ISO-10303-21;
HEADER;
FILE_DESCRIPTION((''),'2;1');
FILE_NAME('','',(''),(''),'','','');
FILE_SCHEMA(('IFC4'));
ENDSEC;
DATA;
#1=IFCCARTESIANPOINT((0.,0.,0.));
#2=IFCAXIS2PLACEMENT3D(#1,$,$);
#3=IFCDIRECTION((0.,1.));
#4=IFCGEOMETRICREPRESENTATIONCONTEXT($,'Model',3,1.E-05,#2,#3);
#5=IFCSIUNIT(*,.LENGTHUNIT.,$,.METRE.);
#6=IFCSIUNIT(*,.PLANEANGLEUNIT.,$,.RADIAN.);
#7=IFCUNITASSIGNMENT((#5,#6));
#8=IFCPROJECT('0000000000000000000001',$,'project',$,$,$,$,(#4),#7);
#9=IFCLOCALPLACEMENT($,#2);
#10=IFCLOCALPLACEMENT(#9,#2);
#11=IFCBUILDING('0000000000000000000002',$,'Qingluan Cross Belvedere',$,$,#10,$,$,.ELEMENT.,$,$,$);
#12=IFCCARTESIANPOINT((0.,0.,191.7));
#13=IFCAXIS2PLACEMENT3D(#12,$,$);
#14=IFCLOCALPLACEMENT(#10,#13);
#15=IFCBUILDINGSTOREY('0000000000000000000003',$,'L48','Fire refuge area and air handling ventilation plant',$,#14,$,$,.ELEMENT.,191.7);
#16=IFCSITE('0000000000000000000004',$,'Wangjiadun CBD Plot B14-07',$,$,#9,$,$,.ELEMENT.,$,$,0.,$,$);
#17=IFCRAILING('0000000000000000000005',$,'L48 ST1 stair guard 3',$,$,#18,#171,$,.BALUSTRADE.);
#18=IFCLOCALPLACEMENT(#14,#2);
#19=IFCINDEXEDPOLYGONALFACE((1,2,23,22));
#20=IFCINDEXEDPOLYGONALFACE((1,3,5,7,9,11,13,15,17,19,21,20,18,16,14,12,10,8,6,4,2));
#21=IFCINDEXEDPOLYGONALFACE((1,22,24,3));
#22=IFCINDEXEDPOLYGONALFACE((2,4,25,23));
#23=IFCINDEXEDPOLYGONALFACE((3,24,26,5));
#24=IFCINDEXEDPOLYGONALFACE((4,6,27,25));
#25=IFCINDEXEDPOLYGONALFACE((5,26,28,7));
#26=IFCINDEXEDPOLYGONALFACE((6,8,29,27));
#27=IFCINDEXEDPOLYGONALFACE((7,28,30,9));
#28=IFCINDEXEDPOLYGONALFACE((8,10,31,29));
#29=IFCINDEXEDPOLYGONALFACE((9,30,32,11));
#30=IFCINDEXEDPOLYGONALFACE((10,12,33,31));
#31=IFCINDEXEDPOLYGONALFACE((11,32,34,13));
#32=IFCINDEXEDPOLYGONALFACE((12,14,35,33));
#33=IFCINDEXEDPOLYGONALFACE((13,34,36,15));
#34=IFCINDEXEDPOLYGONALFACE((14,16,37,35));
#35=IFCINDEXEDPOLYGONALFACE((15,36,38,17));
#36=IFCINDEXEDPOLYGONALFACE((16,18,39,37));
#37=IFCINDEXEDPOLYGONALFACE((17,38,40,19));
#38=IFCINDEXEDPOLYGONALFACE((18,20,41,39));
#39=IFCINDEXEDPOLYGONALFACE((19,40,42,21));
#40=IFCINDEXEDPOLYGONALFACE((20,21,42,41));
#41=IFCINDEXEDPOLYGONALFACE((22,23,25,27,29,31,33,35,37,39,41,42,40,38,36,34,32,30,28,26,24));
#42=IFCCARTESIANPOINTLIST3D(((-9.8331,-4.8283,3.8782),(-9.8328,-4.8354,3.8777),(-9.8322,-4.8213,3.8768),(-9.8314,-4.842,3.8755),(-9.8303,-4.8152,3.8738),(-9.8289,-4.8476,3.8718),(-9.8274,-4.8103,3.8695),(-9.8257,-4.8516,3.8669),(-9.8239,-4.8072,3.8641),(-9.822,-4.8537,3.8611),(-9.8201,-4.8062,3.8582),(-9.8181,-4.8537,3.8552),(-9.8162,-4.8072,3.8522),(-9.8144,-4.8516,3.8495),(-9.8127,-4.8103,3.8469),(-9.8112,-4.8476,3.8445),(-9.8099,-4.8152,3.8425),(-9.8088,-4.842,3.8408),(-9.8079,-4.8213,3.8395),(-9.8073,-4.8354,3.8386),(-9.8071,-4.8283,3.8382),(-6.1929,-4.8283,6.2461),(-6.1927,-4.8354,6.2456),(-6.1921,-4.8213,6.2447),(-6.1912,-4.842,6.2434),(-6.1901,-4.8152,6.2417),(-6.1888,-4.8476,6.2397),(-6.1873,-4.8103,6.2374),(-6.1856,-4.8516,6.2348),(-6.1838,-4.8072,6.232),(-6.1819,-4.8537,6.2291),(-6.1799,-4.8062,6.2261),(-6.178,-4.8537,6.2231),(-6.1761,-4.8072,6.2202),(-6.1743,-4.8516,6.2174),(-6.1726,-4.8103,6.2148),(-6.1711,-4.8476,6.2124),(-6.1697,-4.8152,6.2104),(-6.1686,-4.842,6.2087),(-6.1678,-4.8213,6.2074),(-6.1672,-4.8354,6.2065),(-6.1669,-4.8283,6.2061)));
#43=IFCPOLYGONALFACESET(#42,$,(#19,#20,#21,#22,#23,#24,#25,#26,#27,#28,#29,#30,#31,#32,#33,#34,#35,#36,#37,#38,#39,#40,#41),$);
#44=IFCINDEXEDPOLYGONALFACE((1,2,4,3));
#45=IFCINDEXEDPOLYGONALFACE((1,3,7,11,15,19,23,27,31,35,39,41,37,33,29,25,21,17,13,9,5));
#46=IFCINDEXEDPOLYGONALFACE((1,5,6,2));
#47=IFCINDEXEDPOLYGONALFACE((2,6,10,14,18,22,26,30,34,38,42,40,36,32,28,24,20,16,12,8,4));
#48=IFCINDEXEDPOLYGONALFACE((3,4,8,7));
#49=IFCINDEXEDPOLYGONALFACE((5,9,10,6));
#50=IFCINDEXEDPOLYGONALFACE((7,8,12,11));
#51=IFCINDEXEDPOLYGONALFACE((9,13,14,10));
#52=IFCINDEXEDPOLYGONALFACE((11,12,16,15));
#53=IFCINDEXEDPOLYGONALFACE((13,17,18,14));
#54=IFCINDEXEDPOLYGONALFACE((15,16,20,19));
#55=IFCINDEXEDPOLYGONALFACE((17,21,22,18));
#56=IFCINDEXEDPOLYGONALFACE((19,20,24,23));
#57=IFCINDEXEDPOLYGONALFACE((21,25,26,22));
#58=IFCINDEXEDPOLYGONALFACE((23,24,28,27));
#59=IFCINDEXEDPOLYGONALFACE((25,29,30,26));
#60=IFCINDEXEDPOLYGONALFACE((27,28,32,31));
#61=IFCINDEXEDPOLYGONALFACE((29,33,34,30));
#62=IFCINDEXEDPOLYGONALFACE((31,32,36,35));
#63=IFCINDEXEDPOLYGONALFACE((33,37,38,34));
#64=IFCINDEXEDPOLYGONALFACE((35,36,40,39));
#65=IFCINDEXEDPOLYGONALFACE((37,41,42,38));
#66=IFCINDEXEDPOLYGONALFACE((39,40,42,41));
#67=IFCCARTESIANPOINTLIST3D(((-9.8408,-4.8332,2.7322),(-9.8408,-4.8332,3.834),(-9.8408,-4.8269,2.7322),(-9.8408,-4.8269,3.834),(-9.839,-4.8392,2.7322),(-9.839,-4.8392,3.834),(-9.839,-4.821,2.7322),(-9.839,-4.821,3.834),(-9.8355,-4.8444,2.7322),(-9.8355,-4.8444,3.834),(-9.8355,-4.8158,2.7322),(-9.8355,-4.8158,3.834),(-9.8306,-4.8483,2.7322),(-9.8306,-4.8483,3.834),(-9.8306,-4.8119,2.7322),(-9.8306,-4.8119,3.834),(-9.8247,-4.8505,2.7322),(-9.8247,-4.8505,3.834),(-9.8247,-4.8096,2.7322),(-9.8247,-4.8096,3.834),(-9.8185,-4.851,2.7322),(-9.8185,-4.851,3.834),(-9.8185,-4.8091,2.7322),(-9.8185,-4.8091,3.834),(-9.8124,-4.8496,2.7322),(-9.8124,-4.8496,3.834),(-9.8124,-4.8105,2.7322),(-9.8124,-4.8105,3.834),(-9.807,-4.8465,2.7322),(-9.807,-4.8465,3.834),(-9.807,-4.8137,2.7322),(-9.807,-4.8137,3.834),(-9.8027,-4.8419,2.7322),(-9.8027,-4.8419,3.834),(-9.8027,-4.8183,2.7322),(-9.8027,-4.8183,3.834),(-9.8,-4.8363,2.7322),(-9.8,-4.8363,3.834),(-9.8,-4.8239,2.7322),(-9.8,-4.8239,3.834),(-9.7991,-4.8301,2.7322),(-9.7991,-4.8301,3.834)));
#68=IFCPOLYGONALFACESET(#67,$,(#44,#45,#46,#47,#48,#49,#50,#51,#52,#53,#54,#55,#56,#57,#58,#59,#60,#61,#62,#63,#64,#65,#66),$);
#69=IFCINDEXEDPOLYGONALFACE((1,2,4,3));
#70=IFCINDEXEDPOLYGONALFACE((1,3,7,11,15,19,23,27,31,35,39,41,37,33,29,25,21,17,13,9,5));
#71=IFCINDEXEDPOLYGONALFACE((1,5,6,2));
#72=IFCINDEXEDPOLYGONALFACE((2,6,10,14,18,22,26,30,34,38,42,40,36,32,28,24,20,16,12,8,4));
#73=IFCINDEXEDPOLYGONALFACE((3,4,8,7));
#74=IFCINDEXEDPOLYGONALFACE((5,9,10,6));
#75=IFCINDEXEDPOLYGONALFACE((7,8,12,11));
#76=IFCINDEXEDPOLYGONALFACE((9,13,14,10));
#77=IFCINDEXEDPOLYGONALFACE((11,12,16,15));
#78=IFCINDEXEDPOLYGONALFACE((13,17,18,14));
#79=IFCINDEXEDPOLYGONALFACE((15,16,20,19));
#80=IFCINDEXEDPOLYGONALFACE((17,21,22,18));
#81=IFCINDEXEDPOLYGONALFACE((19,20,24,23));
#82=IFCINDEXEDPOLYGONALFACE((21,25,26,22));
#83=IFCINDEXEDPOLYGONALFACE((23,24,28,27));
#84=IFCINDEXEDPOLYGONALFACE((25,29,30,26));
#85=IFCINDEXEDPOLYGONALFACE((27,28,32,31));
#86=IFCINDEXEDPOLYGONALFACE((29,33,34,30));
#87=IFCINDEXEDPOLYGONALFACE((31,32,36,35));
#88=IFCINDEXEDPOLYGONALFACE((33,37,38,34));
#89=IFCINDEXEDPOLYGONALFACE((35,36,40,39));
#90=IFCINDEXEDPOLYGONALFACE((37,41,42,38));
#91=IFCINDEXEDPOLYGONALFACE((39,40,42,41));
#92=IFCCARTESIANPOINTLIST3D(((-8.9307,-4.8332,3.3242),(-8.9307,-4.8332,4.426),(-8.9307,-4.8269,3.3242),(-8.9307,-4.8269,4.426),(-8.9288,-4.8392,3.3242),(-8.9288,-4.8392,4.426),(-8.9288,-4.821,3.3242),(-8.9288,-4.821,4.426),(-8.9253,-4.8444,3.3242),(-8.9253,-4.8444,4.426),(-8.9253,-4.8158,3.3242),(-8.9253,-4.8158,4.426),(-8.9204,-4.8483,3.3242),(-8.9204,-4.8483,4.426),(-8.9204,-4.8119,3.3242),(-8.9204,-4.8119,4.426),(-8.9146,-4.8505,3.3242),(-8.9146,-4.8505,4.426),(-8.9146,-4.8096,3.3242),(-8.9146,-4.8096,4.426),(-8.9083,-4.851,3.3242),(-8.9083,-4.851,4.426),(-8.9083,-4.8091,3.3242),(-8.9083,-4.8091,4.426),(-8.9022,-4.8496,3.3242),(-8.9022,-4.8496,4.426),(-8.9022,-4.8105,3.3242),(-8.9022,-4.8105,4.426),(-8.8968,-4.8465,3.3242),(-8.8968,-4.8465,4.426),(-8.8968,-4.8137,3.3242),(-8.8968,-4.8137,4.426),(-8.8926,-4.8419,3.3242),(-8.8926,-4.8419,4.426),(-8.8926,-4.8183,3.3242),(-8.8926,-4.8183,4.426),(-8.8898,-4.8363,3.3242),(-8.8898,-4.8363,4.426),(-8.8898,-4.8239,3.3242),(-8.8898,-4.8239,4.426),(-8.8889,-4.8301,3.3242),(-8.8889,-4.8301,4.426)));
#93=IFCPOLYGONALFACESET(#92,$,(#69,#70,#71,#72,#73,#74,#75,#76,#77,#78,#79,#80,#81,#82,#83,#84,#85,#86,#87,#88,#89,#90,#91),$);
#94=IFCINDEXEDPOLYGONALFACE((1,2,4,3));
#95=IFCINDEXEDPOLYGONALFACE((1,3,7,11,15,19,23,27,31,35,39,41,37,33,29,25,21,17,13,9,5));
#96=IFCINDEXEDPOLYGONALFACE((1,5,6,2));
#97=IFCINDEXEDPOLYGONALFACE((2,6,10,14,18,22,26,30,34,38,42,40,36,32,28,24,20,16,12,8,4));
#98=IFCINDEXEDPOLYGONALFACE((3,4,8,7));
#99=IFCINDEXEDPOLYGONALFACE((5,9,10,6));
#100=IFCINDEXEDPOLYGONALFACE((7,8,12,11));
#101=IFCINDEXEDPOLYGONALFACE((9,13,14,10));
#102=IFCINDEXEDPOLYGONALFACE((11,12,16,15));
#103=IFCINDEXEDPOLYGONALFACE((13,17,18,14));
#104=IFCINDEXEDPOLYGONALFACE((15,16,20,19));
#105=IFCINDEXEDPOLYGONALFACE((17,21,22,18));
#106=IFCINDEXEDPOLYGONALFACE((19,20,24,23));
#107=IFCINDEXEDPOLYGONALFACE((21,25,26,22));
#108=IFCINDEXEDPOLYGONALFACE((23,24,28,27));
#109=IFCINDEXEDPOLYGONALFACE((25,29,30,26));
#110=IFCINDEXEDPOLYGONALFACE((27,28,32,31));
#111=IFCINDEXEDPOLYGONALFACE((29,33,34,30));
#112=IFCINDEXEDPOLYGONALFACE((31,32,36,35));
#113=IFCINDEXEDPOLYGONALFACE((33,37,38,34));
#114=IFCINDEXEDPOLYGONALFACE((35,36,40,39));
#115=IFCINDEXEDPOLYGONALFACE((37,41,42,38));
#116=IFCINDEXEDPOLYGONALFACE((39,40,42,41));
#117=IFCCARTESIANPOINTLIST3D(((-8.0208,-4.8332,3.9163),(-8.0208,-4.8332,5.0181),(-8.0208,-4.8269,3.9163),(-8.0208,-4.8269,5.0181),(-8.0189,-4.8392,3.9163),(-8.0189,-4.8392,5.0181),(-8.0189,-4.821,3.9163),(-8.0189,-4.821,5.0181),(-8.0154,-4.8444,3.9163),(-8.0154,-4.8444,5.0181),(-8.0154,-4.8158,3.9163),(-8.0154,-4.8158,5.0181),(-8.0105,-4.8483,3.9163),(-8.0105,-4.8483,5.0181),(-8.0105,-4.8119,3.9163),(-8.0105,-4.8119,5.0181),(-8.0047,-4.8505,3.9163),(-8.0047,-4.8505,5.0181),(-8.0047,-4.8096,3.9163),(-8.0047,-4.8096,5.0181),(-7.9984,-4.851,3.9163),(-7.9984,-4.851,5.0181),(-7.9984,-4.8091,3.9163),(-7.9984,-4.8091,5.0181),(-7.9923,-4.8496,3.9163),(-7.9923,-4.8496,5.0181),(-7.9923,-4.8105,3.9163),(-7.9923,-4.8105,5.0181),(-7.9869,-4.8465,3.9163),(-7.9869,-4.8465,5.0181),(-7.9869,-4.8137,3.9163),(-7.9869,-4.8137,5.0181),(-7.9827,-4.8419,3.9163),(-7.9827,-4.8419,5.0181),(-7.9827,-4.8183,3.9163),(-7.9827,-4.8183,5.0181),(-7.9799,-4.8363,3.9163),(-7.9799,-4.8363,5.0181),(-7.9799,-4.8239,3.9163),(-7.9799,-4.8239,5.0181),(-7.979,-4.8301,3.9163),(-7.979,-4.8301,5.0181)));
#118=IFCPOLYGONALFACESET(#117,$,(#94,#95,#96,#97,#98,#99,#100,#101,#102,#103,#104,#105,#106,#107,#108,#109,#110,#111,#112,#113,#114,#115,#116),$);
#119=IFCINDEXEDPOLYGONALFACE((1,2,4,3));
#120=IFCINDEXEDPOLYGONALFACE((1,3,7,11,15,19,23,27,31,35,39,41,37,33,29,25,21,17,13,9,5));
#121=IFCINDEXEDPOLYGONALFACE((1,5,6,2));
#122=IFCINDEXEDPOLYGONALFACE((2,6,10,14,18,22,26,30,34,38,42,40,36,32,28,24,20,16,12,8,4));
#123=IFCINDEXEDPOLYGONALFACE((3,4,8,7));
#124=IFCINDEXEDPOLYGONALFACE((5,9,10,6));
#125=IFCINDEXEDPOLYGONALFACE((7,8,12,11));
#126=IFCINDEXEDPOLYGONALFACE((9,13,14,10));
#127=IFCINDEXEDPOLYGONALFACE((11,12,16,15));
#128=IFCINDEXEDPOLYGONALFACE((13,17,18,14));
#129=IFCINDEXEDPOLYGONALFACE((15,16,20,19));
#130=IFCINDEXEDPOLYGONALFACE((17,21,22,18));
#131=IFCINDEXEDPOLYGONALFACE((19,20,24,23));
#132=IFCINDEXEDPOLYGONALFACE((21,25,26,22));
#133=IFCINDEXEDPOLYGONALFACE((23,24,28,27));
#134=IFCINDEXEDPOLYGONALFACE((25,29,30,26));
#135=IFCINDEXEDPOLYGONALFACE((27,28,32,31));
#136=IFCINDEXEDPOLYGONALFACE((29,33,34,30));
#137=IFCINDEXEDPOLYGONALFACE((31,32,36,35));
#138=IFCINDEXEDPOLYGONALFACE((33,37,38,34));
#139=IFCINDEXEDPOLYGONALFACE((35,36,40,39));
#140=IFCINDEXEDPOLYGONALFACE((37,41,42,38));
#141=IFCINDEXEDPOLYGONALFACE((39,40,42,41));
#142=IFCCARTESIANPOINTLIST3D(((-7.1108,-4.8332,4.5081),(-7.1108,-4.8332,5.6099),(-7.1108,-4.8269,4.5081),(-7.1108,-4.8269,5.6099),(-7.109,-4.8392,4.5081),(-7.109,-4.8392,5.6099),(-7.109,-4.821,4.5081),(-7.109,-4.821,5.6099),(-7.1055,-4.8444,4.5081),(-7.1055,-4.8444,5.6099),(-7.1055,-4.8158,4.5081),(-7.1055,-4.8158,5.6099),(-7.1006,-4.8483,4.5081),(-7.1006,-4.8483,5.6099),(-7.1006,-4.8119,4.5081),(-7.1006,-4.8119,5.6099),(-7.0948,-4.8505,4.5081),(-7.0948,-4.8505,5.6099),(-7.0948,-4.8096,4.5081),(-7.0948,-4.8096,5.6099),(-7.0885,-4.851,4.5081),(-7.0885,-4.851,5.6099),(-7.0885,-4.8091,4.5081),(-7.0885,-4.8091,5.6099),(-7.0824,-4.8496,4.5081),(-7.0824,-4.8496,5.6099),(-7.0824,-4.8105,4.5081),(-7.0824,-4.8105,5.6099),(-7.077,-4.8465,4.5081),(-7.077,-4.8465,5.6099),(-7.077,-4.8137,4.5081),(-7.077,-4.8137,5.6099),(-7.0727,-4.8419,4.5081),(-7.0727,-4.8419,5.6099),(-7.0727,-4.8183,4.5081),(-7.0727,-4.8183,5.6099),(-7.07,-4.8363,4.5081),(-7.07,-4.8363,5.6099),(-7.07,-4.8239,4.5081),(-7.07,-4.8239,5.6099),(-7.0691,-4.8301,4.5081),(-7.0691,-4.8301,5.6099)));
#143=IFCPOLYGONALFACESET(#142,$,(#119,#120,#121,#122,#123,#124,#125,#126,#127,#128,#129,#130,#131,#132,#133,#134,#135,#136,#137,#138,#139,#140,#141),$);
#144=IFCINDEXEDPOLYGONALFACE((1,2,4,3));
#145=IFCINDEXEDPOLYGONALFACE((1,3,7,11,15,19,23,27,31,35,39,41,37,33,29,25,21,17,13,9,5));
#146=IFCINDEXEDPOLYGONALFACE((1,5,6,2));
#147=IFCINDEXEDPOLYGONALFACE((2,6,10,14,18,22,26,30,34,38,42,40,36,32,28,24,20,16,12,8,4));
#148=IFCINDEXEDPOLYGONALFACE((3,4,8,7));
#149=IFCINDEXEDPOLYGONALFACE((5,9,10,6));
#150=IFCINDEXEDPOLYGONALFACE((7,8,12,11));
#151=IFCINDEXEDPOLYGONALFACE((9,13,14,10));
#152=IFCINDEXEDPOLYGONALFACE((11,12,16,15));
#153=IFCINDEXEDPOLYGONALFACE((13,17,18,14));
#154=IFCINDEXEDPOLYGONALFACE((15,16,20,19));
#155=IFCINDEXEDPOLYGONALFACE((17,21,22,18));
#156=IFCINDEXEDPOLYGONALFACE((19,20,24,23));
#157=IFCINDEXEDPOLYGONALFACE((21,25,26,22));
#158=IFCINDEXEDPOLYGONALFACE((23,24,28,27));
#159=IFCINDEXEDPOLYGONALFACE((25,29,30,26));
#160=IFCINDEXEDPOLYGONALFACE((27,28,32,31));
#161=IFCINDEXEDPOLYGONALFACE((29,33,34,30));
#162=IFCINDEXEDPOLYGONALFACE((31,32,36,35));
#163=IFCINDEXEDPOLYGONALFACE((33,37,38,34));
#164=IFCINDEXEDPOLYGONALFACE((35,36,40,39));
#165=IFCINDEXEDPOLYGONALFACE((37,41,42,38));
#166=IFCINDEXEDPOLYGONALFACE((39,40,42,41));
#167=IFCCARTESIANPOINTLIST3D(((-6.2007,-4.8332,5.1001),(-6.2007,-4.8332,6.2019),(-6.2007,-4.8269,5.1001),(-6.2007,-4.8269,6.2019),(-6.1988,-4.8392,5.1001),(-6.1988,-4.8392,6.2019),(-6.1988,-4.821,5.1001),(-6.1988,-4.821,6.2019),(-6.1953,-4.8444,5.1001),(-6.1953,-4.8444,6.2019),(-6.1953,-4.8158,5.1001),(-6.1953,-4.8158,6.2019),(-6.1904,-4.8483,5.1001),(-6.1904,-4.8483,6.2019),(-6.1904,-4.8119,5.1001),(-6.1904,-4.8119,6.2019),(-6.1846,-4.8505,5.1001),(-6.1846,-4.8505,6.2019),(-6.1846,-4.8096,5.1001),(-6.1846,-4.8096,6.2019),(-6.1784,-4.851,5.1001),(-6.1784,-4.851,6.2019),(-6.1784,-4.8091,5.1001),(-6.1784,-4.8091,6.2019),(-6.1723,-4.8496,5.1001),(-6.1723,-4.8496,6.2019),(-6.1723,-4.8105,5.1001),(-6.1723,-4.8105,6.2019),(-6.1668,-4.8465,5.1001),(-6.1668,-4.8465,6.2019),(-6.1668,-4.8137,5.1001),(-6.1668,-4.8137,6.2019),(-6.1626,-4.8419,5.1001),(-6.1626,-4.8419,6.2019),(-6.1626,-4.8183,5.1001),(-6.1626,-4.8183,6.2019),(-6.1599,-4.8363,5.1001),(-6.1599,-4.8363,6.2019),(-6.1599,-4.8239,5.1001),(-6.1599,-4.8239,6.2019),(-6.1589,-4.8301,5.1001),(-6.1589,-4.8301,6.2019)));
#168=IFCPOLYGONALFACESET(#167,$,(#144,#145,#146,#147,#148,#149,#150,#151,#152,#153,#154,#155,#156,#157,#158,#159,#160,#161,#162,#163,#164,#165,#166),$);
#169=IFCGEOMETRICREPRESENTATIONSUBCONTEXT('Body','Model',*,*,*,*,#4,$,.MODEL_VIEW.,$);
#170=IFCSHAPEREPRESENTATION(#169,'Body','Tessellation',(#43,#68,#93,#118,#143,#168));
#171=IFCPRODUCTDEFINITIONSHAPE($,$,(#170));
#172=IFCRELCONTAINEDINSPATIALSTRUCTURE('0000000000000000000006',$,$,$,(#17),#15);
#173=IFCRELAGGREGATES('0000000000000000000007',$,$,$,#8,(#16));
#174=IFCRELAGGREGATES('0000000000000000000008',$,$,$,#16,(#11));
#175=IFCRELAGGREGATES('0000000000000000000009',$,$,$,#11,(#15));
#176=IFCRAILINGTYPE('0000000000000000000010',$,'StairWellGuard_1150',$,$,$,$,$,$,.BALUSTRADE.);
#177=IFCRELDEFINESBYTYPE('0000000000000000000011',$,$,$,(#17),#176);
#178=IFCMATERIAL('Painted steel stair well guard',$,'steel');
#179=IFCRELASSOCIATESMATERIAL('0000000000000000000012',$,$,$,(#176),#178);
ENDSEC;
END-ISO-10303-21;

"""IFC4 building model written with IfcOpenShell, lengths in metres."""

from ifc_helpers import new_model, si_unit, direction, frame, origin, origin_2d, place, context, subcontext, project, spatial, circle, extrude, material, type_object, element, save


model = new_model("IFC4")

# Units and contexts
model_context = context("Model", 3, precision=1e-05, world=origin(), true_north=direction((0.0, 1.0)))
body_context = subcontext(model_context, "Body", "Model", "MODEL_VIEW")
ifc_project = project(units=[si_unit("LENGTHUNIT", "METRE"), si_unit("PLANEANGLEUNIT", "RADIAN")], contexts=[model_context])

# Site, building, storey
site_placement = place(None, origin())
site = spatial("IfcSite", under=ifc_project, at=site_placement, Name="Wangjiadun CBD Plot B14-07", CompositionType="ELEMENT", RefElevation=0.0)
building_placement = place(site_placement, origin())
building = spatial("IfcBuilding", under=site, at=building_placement, Name="Qingluan Cross Belvedere", CompositionType="ELEMENT")
storey_placement = place(building_placement, frame((0.0, 0.0, 191.7)))
storey = spatial("IfcBuildingStorey", under=building, at=storey_placement, Name="L48", Description="Fire refuge area and air handling ventilation plant", CompositionType="ELEMENT", Elevation=191.7)

# Railing
ifc_material_1 = material(Name="Painted steel stair well guard", Category="steel")
railing_type_1 = type_object("IfcRailingType", Name="StairWellGuard_1150", PredefinedType="BALUSTRADE", material=ifc_material_1)
railing_1_placement = place(storey_placement, frame((-9.8201, -4.8301, 2.7322)))
element("IfcRailing", 1, at=railing_1_placement, inside=storey, type_object=railing_type_1, Name="L48 ST1 stair guard 3", PredefinedType="BALUSTRADE", context=body_context, shape_type="SweptSolid", body=[
    extrude(circle(Radius=0.0239, at=origin_2d()), frame((0.0, 0.0, 1.126), z_axis=(0.838251, 0.0, 0.545285), x_axis=(0.0, 1.0, 0.0)), (0.0, 0.0, 1.0), 4.3425),
    extrude(circle(Radius=0.021, at=origin_2d()), origin(), (0.0, 0.0, 1.0), 1.1018),
    extrude(circle(Radius=0.021, at=origin_2d()), frame((0.9102, 0.0, 0.592)), (0.0, 0.0, 1.0), 1.1018),
    extrude(circle(Radius=0.021, at=origin_2d()), frame((1.8201, 0.0, 1.1841)), (0.0, 0.0, 1.0), 1.1018),
    extrude(circle(Radius=0.021, at=origin_2d()), frame((2.73, 0.0, 1.7759)), (0.0, 0.0, 1.0), 1.1018),
    extrude(circle(Radius=0.021, at=origin_2d()), frame((3.6401, 0.0, 2.3679)), (0.0, 0.0, 1.0), 1.1018),
])

save(model, "model.ifc")
